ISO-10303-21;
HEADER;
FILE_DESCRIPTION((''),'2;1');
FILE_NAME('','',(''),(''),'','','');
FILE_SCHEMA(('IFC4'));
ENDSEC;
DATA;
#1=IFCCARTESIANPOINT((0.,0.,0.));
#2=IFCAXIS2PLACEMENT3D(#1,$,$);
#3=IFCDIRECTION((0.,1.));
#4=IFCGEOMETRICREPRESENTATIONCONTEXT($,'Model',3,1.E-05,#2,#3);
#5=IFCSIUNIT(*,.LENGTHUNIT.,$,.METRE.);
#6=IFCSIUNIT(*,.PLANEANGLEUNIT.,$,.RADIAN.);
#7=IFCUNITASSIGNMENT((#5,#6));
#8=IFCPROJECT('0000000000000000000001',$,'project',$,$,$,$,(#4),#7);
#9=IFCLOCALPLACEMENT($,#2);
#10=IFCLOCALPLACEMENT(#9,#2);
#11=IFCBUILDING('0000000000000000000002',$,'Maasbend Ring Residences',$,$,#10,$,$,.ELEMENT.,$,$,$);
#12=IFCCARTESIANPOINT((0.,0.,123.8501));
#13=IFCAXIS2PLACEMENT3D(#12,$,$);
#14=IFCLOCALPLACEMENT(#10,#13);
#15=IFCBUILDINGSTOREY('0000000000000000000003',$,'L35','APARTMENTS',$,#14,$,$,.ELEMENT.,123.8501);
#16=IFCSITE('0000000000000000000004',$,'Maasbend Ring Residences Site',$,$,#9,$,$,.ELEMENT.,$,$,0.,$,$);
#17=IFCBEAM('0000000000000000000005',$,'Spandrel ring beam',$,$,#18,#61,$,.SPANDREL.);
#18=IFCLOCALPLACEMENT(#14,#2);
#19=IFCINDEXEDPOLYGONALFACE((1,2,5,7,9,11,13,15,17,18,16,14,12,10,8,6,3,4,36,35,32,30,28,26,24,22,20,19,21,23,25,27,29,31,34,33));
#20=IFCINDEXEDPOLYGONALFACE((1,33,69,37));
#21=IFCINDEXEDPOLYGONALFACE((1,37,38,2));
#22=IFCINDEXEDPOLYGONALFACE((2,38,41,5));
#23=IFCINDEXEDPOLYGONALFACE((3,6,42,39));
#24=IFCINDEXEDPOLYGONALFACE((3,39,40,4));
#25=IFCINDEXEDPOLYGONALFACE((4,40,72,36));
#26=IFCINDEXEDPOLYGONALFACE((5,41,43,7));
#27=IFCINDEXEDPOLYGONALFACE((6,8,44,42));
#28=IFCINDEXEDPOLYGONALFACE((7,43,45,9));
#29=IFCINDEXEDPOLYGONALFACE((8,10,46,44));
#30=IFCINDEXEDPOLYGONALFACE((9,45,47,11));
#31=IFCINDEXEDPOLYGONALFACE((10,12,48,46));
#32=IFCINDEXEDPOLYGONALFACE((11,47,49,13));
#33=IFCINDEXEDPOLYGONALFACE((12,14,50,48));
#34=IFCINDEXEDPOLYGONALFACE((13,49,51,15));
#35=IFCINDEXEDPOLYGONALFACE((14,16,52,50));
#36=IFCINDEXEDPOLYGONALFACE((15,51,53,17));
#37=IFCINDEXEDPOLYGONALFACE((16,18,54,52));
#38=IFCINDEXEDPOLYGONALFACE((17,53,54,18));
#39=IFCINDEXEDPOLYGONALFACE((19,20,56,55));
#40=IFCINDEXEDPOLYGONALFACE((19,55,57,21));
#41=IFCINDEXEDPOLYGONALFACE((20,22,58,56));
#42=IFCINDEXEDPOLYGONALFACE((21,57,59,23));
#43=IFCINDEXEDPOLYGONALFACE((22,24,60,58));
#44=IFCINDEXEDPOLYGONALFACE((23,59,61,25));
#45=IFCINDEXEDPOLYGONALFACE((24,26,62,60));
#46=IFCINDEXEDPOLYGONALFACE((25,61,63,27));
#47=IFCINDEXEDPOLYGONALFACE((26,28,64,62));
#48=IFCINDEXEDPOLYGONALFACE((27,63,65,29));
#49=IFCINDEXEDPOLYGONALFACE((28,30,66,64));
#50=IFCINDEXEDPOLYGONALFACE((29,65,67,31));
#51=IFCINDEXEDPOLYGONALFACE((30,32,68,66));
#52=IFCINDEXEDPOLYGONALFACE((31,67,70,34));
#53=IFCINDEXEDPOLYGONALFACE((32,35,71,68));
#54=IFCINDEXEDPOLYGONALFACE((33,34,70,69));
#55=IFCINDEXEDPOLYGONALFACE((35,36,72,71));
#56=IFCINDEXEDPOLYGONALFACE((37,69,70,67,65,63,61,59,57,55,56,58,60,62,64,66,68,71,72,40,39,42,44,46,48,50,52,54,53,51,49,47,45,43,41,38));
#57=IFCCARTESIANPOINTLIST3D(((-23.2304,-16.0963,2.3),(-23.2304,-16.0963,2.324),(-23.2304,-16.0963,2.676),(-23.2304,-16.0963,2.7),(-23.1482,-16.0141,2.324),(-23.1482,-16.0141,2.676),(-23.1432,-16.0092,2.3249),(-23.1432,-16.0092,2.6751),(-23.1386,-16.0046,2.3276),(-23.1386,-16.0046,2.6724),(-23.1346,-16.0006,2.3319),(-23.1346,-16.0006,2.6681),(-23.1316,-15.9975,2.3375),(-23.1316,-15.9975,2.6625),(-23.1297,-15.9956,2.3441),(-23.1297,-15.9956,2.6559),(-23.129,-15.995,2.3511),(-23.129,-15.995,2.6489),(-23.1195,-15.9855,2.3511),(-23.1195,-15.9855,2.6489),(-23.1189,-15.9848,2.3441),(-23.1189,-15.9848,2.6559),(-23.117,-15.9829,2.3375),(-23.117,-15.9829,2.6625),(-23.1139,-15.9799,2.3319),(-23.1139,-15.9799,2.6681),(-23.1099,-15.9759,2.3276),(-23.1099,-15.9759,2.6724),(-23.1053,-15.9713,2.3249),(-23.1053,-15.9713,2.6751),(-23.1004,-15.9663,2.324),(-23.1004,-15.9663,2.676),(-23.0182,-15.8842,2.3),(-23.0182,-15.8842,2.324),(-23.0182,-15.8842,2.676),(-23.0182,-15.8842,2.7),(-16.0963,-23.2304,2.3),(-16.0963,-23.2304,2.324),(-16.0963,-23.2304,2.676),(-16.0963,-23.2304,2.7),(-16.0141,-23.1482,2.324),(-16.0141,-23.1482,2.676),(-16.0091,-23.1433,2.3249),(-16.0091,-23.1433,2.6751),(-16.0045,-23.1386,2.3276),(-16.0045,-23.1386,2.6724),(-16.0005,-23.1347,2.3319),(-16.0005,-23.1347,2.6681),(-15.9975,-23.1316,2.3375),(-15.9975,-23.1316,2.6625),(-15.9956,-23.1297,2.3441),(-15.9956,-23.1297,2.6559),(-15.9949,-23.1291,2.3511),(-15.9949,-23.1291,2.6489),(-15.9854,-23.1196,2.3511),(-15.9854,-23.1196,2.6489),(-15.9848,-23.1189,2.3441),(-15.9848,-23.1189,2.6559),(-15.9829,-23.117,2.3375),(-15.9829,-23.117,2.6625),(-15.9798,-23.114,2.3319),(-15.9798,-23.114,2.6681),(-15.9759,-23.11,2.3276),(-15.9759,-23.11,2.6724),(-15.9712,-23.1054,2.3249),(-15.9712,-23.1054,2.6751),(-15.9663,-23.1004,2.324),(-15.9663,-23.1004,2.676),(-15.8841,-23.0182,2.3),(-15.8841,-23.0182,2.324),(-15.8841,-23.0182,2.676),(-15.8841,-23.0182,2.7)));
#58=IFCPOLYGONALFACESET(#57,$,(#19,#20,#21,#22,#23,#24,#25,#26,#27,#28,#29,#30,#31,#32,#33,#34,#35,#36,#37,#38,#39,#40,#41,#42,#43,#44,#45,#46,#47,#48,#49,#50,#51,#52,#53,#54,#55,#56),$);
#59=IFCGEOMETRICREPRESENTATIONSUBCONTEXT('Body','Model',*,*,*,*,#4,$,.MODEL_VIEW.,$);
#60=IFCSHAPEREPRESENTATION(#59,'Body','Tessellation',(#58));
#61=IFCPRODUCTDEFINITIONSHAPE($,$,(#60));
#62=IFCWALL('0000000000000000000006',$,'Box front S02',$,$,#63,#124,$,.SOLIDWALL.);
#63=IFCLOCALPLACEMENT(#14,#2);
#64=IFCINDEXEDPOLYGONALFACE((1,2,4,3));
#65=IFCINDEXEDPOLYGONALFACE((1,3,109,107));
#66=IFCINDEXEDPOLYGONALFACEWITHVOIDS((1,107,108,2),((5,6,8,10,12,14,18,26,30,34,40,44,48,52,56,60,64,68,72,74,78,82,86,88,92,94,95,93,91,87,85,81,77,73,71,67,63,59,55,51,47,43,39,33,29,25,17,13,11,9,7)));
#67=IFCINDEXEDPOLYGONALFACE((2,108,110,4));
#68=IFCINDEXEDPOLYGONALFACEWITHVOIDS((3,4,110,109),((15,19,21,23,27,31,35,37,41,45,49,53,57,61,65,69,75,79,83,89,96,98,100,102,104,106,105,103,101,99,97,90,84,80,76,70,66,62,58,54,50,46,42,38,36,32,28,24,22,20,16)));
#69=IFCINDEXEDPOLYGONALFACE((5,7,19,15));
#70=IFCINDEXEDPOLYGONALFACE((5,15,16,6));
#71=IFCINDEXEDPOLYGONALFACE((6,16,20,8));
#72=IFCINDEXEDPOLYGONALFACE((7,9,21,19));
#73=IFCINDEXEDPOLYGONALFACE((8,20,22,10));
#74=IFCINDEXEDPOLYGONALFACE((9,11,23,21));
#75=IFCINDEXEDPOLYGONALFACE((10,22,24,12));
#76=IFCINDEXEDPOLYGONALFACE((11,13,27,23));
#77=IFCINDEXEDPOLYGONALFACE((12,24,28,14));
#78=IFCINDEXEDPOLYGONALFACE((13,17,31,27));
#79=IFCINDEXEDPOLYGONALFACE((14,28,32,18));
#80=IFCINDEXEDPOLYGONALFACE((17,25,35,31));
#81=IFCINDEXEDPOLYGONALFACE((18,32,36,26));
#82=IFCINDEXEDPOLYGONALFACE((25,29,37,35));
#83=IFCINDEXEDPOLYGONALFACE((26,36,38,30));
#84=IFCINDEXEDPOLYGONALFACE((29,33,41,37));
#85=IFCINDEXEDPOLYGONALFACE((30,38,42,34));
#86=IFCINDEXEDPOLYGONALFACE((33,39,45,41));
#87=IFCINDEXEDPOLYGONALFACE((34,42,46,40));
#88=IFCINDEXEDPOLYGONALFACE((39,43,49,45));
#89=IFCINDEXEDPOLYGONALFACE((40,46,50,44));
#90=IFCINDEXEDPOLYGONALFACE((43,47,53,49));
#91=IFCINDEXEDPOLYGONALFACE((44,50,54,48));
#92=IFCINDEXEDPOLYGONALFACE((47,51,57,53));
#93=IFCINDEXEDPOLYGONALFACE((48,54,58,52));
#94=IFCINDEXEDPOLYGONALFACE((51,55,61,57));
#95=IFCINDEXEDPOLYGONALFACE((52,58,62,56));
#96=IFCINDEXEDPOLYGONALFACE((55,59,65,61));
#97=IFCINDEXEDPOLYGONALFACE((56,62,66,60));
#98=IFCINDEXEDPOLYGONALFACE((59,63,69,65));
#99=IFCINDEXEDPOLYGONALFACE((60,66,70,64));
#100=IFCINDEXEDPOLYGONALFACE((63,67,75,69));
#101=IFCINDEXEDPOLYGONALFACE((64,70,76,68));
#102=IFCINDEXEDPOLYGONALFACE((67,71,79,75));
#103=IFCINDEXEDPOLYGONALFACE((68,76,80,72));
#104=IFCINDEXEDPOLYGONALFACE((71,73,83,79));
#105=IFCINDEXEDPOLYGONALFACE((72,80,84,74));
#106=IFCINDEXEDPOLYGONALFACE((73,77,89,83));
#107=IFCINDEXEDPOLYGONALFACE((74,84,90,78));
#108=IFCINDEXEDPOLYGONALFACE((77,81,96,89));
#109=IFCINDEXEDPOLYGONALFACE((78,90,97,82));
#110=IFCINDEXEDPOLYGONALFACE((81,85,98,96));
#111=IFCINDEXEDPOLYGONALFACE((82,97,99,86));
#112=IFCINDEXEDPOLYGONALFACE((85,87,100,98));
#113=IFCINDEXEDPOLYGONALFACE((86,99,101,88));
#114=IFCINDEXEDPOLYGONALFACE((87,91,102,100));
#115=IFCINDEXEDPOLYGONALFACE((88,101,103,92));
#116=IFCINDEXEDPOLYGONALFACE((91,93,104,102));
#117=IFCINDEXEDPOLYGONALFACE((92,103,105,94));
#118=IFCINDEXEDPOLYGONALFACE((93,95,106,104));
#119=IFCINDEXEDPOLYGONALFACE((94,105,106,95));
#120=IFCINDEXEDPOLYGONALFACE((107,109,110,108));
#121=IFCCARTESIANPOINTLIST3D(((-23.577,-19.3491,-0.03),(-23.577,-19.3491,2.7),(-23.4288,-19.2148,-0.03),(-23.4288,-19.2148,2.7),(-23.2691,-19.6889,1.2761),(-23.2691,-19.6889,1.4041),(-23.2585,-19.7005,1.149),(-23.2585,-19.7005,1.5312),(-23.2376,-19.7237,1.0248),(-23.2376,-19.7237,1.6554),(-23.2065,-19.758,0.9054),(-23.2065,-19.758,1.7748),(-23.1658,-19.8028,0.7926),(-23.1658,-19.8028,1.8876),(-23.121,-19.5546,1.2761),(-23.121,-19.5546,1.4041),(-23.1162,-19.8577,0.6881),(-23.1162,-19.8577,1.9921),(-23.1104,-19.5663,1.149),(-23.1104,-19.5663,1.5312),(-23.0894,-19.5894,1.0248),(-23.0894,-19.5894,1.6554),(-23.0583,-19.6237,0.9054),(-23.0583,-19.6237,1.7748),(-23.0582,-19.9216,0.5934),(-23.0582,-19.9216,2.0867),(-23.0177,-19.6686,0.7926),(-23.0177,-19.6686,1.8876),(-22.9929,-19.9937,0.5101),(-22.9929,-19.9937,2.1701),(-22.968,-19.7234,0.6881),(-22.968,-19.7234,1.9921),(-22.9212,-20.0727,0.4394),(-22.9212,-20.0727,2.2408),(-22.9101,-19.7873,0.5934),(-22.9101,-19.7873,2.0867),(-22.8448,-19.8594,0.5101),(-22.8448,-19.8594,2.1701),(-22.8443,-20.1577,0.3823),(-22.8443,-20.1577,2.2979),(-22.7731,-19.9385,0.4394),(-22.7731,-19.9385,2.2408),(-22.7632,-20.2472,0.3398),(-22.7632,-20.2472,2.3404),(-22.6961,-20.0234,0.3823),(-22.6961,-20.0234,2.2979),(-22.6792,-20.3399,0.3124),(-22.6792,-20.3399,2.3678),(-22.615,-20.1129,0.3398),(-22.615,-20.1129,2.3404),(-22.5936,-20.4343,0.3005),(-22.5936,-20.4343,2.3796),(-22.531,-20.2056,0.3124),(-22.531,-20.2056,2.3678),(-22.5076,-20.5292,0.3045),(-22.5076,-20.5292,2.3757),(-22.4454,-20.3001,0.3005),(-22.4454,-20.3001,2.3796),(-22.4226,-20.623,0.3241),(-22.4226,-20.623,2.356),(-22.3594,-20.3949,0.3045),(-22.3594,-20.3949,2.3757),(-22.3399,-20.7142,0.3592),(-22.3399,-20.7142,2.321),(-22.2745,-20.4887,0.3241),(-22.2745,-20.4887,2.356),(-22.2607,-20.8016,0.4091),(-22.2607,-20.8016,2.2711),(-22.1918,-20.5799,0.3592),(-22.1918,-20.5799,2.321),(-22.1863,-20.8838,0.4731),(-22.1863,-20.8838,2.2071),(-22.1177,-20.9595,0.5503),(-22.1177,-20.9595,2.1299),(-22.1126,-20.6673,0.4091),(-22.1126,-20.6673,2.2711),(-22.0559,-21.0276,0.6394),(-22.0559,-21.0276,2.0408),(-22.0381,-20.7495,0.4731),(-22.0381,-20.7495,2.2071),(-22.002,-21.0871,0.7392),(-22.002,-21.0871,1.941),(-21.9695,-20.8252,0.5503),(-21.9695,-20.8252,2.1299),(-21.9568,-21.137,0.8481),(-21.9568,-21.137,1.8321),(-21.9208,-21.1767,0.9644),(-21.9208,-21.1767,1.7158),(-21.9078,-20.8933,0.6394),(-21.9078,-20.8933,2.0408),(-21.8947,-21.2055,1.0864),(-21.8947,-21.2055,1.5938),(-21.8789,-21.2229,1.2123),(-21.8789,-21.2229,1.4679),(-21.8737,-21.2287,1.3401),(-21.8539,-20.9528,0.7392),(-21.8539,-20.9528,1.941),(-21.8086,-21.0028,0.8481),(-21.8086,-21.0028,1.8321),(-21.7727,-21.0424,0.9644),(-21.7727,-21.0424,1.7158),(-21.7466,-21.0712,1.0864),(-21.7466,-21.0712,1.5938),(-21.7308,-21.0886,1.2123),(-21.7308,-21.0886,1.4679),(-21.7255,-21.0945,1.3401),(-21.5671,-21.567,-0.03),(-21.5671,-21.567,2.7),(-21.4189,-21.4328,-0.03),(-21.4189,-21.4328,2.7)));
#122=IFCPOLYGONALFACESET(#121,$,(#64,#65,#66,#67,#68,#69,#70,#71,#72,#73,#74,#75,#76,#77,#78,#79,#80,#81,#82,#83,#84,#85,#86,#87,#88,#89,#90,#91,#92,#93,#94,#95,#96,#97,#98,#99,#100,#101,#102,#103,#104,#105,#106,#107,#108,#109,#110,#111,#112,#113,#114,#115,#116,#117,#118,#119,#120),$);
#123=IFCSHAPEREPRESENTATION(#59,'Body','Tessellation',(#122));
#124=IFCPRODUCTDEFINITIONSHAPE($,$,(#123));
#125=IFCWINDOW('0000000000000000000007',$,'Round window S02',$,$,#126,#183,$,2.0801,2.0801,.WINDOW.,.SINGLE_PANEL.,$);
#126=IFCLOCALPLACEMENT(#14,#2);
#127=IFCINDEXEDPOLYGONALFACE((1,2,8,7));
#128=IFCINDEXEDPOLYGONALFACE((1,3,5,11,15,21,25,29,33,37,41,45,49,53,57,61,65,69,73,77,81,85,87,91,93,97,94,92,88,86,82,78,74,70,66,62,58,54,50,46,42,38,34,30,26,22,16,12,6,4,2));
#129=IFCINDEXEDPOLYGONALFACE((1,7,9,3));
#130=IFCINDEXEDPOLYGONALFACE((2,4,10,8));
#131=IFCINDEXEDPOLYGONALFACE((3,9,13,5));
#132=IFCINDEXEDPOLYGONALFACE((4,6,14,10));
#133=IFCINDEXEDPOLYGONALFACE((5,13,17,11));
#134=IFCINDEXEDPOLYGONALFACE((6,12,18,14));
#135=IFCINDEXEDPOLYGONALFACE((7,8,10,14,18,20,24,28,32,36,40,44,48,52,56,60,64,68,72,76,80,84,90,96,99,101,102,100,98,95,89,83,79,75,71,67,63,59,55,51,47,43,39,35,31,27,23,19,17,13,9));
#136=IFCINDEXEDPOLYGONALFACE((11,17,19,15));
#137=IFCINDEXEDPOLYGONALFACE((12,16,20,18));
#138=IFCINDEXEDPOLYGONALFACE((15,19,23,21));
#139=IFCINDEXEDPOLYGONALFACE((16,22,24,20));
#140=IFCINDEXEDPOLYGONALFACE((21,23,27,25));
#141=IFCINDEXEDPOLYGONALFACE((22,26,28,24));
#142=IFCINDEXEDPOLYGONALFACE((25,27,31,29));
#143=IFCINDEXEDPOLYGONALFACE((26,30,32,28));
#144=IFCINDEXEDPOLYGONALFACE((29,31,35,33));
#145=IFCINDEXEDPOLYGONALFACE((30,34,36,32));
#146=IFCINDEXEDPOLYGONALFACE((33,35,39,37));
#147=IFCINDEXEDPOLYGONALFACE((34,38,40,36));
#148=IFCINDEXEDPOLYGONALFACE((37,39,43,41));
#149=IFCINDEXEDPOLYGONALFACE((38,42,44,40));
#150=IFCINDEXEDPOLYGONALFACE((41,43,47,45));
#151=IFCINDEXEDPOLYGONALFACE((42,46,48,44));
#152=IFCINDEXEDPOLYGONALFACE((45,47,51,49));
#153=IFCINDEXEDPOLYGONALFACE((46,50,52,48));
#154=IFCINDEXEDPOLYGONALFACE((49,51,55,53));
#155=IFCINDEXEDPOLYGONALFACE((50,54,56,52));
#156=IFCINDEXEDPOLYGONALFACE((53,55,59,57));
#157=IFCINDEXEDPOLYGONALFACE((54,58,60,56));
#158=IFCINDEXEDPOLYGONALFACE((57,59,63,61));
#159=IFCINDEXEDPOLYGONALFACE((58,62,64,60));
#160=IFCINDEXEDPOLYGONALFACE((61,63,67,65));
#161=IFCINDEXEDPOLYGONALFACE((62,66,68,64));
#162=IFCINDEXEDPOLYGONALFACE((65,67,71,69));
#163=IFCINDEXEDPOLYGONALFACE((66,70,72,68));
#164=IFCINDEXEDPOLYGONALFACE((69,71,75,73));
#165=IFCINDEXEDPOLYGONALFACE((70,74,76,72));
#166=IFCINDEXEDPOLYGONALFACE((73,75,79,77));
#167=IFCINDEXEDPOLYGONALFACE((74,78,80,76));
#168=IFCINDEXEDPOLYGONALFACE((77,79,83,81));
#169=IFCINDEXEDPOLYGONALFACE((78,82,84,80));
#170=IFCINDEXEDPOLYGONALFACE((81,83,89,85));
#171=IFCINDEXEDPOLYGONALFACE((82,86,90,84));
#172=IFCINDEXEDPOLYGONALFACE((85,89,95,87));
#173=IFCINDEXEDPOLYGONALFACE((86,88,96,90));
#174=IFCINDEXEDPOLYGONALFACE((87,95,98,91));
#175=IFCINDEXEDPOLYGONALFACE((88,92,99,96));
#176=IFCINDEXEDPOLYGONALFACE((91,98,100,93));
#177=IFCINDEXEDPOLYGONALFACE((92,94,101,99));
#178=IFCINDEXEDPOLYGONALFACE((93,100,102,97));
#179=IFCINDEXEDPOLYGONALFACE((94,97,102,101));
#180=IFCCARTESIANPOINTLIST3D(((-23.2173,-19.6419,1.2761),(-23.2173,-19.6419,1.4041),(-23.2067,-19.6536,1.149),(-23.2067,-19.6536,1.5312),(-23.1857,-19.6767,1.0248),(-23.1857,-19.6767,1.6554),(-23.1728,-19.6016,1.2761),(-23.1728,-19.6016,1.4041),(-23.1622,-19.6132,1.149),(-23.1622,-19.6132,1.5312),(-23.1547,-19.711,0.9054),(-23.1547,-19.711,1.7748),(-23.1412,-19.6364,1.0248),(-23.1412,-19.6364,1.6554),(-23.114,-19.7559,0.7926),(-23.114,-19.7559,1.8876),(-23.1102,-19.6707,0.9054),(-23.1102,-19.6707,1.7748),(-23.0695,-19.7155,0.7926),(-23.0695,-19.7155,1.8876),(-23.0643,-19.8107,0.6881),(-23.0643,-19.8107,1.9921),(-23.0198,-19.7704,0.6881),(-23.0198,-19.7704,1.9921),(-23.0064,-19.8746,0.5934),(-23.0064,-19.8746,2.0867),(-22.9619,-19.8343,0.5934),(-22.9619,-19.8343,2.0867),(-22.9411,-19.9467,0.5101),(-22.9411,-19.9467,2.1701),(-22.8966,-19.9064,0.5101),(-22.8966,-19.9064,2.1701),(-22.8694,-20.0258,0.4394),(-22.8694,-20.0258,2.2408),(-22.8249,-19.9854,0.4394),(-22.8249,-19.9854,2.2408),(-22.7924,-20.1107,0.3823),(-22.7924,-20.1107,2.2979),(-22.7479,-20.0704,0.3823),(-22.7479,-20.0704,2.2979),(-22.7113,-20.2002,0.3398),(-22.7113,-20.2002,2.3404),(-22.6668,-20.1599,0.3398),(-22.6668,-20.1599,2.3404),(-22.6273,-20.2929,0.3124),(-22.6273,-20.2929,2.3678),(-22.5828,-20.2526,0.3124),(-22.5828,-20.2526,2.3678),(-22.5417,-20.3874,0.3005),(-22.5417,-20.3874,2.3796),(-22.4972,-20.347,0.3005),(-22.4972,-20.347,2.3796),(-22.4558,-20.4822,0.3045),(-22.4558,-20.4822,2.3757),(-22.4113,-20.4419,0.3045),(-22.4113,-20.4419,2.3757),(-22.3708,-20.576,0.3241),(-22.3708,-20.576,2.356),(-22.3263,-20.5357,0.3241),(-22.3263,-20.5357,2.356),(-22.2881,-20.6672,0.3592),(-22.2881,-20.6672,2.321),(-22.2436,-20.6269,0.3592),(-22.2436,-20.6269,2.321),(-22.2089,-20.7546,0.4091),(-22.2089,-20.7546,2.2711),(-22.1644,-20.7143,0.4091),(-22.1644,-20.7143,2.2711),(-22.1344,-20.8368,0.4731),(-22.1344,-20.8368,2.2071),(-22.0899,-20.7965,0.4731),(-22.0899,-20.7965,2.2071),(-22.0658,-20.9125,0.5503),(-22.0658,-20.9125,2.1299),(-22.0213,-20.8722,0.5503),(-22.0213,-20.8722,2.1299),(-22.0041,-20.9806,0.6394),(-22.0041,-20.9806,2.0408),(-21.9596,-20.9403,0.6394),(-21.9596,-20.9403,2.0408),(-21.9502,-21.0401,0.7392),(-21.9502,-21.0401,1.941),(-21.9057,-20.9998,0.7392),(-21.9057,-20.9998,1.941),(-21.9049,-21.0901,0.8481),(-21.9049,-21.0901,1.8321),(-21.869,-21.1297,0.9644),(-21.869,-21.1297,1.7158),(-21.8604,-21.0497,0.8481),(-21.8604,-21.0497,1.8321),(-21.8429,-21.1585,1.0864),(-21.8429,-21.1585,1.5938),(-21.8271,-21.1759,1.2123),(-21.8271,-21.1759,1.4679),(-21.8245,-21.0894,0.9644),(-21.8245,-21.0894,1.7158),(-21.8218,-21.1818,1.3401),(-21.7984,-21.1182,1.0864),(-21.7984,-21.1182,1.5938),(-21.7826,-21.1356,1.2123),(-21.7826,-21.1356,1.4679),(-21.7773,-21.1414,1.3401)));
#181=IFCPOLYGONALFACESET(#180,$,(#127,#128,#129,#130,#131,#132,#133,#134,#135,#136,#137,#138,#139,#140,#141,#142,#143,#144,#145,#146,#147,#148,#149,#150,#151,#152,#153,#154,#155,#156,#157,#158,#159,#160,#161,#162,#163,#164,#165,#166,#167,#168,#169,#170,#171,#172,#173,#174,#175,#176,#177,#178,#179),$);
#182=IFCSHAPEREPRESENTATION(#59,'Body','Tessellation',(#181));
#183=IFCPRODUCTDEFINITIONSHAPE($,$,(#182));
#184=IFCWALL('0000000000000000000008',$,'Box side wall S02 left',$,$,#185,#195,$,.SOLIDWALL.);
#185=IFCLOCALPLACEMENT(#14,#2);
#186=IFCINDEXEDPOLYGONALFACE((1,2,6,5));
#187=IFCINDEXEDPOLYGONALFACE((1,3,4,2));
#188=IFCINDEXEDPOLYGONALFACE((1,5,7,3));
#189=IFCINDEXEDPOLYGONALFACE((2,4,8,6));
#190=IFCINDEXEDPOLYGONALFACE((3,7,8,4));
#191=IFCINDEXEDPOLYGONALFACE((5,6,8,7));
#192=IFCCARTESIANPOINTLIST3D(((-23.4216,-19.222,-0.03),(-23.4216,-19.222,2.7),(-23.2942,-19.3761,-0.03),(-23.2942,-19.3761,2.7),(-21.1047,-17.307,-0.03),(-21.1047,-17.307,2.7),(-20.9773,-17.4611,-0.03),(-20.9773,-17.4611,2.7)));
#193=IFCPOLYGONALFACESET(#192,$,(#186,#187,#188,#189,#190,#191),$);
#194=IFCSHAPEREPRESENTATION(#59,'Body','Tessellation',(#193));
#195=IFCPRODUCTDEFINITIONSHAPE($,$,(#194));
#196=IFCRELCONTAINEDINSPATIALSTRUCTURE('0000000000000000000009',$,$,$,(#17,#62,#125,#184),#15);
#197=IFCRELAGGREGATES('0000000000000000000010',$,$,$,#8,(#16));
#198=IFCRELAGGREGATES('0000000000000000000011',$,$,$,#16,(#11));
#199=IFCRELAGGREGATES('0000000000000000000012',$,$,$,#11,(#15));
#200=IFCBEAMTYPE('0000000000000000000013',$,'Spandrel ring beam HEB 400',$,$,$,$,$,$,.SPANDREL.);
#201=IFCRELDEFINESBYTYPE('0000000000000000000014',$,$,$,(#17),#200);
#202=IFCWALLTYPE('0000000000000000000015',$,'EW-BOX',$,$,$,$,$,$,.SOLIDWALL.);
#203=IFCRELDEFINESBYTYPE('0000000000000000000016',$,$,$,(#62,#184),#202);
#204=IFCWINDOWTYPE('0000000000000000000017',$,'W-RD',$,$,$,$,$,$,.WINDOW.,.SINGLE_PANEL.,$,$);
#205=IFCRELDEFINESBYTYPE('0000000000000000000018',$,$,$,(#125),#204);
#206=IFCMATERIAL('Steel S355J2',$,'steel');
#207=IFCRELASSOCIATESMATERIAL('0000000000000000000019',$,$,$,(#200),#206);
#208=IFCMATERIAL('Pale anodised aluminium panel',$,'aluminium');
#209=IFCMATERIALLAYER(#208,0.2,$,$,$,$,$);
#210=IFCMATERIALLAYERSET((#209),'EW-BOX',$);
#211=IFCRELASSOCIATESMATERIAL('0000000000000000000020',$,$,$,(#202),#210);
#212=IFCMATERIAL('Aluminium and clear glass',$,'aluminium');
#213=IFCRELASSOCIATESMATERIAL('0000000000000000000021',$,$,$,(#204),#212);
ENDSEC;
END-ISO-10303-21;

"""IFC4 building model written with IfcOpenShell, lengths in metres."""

from ifc_helpers import new_model, si_unit, direction, frame, frame_2d, origin, origin_2d, place, context, subcontext, project, spatial, rectangle, circle, i_section, extrude, material, layer, layer_set, material_profile, profile_set, type_object, element, fill, save


model = new_model("IFC4")

# Units and contexts
model_context = context("Model", 3, precision=1e-05, world=origin(), true_north=direction((0.0, 1.0)))
body_context = subcontext(model_context, "Body", "Model", "MODEL_VIEW")
ifc_project = project(units=[si_unit("LENGTHUNIT", "METRE"), si_unit("PLANEANGLEUNIT", "RADIAN")], contexts=[model_context])

# Site, building, storey
site_placement = place(None, origin())
site = spatial("IfcSite", under=ifc_project, at=site_placement, Name="Maasbend Ring Residences Site", CompositionType="ELEMENT", RefElevation=0.0)
building_placement = place(site_placement, origin())
building = spatial("IfcBuilding", under=site, at=building_placement, Name="Maasbend Ring Residences", CompositionType="ELEMENT")
storey_placement = place(building_placement, frame((0.0, 0.0, 123.8501)))
storey = spatial("IfcBuildingStorey", under=building, at=storey_placement, Name="L35", Description="APARTMENTS", CompositionType="ELEMENT", Elevation=123.8501)

# Beam
ifc_material_1 = material(Name="Steel S355J2", Category="steel")
ifc_material_profile_1 = material_profile(ifc_material_1, i_section(OverallWidth=0.3, OverallDepth=0.3999, WebThickness=0.0134, FlangeThickness=0.0239, FilletRadius=0.0271, at=origin_2d()), Name="HEB 400")
ifc_profile_set_1 = profile_set([ifc_material_profile_1], Name="Steel S355J2")
beam_type = type_object("IfcBeamType", Name="Spandrel ring beam HEB 400", PredefinedType="SPANDREL", material=ifc_profile_set_1)
beam_placement = place(storey_placement, frame((-23.1243, -15.9902, 2.5), z_axis=(0.707107, -0.707107, 0.0), x_axis=(0.707107, 0.707107, 0.0)))
element("IfcBeam", 1, at=beam_placement, inside=storey, type_object=beam_type, Name="Spandrel ring beam", PredefinedType="SPANDREL", context=body_context, shape_type="SweptSolid", body=[
    extrude(i_section(OverallWidth=0.3, OverallDepth=0.3999, WebThickness=0.0134, FlangeThickness=0.0239, FilletRadius=0.0271, at=origin_2d()), origin(), (0.0, 0.0, 1.0), 10.0891),
])

# Wall, opening, window
ifc_material_2 = material(Name="Pale anodised aluminium panel", Category="aluminium")
ifc_layer_1 = layer(ifc_material_2, 0.2)
ifc_layer_set_1 = layer_set([ifc_layer_1], Name="EW-BOX")
wall_type_1 = type_object("IfcWallType", Name="EW-BOX", PredefinedType="SOLIDWALL", material=ifc_layer_set_1)
wall_1_placement = place(storey_placement, frame((-23.5029, -19.282, -0.03), z_axis=(0.0, 0.0, 1.0), x_axis=(0.671507, -0.740998, 0.0)))
wall_1 = element("IfcWall", 2, at=wall_1_placement, inside=storey, type_object=wall_type_1, Name="Box front S02", PredefinedType="SOLIDWALL", context=body_context, shape_type="SweptSolid", body=[
    extrude(rectangle(XDim=2.9932, YDim=0.2, at=frame_2d((1.4966, 0.0))), origin(), (0.0, 0.0, 1.0), 2.73),
])
opening_1_placement = place(wall_1_placement, frame((0.4565, 0.0, 0.3301)))
opening_1 = element("IfcOpeningElement", 3, at=opening_1_placement, cuts=wall_1, PredefinedType="OPENING", context=body_context, shape_type="SweptSolid", body=[
    extrude(circle(Radius=1.04, at=frame_2d((1.04, 1.04))), frame((0.0, 0.1099, 0.0), z_axis=(0.0, -1.0, 0.0), x_axis=(1.0, 0.0, 0.0)), (0.0, 0.0, 1.0), 0.22),
])
ifc_material_3 = material(Name="Aluminium and clear glass", Category="aluminium")
window_type_1 = type_object("IfcWindowType", Name="W-RD", PartitioningType="SINGLE_PANEL", PredefinedType="WINDOW", material=ifc_material_3)
window_1_placement = place(opening_1_placement, origin())
window_1 = element("IfcWindow", 4, at=window_1_placement, inside=storey, type_object=window_type_1, Name="Round window S02", OverallHeight=2.0801, OverallWidth=2.0801, PartitioningType="SINGLE_PANEL", PredefinedType="WINDOW", context=body_context, shape_type="SweptSolid", body=[
    extrude(circle(Radius=1.04, at=frame_2d((1.04, 1.04))), frame((0.0, 0.03, 0.0), z_axis=(0.0, -1.0, 0.0), x_axis=(1.0, 0.0, 0.0)), (0.0, 0.0, 1.0), 0.0601),
])
fill(opening_1, window_1)

# Wall
wall_2_placement = place(storey_placement, frame((-21.041, -17.384, -0.03), z_axis=(0.0, 0.0, 1.0), x_axis=(-0.770785, -0.637096, 0.0)))
element("IfcWall", 5, at=wall_2_placement, inside=storey, type_object=wall_type_1, Name="Box side wall S02 left", PredefinedType="SOLIDWALL", context=body_context, shape_type="SweptSolid", body=[
    extrude(rectangle(XDim=3.0059, YDim=0.2, at=frame_2d((1.5029, 0.0))), origin(), (0.0, 0.0, 1.0), 2.73),
])

save(model, "model.ifc")
